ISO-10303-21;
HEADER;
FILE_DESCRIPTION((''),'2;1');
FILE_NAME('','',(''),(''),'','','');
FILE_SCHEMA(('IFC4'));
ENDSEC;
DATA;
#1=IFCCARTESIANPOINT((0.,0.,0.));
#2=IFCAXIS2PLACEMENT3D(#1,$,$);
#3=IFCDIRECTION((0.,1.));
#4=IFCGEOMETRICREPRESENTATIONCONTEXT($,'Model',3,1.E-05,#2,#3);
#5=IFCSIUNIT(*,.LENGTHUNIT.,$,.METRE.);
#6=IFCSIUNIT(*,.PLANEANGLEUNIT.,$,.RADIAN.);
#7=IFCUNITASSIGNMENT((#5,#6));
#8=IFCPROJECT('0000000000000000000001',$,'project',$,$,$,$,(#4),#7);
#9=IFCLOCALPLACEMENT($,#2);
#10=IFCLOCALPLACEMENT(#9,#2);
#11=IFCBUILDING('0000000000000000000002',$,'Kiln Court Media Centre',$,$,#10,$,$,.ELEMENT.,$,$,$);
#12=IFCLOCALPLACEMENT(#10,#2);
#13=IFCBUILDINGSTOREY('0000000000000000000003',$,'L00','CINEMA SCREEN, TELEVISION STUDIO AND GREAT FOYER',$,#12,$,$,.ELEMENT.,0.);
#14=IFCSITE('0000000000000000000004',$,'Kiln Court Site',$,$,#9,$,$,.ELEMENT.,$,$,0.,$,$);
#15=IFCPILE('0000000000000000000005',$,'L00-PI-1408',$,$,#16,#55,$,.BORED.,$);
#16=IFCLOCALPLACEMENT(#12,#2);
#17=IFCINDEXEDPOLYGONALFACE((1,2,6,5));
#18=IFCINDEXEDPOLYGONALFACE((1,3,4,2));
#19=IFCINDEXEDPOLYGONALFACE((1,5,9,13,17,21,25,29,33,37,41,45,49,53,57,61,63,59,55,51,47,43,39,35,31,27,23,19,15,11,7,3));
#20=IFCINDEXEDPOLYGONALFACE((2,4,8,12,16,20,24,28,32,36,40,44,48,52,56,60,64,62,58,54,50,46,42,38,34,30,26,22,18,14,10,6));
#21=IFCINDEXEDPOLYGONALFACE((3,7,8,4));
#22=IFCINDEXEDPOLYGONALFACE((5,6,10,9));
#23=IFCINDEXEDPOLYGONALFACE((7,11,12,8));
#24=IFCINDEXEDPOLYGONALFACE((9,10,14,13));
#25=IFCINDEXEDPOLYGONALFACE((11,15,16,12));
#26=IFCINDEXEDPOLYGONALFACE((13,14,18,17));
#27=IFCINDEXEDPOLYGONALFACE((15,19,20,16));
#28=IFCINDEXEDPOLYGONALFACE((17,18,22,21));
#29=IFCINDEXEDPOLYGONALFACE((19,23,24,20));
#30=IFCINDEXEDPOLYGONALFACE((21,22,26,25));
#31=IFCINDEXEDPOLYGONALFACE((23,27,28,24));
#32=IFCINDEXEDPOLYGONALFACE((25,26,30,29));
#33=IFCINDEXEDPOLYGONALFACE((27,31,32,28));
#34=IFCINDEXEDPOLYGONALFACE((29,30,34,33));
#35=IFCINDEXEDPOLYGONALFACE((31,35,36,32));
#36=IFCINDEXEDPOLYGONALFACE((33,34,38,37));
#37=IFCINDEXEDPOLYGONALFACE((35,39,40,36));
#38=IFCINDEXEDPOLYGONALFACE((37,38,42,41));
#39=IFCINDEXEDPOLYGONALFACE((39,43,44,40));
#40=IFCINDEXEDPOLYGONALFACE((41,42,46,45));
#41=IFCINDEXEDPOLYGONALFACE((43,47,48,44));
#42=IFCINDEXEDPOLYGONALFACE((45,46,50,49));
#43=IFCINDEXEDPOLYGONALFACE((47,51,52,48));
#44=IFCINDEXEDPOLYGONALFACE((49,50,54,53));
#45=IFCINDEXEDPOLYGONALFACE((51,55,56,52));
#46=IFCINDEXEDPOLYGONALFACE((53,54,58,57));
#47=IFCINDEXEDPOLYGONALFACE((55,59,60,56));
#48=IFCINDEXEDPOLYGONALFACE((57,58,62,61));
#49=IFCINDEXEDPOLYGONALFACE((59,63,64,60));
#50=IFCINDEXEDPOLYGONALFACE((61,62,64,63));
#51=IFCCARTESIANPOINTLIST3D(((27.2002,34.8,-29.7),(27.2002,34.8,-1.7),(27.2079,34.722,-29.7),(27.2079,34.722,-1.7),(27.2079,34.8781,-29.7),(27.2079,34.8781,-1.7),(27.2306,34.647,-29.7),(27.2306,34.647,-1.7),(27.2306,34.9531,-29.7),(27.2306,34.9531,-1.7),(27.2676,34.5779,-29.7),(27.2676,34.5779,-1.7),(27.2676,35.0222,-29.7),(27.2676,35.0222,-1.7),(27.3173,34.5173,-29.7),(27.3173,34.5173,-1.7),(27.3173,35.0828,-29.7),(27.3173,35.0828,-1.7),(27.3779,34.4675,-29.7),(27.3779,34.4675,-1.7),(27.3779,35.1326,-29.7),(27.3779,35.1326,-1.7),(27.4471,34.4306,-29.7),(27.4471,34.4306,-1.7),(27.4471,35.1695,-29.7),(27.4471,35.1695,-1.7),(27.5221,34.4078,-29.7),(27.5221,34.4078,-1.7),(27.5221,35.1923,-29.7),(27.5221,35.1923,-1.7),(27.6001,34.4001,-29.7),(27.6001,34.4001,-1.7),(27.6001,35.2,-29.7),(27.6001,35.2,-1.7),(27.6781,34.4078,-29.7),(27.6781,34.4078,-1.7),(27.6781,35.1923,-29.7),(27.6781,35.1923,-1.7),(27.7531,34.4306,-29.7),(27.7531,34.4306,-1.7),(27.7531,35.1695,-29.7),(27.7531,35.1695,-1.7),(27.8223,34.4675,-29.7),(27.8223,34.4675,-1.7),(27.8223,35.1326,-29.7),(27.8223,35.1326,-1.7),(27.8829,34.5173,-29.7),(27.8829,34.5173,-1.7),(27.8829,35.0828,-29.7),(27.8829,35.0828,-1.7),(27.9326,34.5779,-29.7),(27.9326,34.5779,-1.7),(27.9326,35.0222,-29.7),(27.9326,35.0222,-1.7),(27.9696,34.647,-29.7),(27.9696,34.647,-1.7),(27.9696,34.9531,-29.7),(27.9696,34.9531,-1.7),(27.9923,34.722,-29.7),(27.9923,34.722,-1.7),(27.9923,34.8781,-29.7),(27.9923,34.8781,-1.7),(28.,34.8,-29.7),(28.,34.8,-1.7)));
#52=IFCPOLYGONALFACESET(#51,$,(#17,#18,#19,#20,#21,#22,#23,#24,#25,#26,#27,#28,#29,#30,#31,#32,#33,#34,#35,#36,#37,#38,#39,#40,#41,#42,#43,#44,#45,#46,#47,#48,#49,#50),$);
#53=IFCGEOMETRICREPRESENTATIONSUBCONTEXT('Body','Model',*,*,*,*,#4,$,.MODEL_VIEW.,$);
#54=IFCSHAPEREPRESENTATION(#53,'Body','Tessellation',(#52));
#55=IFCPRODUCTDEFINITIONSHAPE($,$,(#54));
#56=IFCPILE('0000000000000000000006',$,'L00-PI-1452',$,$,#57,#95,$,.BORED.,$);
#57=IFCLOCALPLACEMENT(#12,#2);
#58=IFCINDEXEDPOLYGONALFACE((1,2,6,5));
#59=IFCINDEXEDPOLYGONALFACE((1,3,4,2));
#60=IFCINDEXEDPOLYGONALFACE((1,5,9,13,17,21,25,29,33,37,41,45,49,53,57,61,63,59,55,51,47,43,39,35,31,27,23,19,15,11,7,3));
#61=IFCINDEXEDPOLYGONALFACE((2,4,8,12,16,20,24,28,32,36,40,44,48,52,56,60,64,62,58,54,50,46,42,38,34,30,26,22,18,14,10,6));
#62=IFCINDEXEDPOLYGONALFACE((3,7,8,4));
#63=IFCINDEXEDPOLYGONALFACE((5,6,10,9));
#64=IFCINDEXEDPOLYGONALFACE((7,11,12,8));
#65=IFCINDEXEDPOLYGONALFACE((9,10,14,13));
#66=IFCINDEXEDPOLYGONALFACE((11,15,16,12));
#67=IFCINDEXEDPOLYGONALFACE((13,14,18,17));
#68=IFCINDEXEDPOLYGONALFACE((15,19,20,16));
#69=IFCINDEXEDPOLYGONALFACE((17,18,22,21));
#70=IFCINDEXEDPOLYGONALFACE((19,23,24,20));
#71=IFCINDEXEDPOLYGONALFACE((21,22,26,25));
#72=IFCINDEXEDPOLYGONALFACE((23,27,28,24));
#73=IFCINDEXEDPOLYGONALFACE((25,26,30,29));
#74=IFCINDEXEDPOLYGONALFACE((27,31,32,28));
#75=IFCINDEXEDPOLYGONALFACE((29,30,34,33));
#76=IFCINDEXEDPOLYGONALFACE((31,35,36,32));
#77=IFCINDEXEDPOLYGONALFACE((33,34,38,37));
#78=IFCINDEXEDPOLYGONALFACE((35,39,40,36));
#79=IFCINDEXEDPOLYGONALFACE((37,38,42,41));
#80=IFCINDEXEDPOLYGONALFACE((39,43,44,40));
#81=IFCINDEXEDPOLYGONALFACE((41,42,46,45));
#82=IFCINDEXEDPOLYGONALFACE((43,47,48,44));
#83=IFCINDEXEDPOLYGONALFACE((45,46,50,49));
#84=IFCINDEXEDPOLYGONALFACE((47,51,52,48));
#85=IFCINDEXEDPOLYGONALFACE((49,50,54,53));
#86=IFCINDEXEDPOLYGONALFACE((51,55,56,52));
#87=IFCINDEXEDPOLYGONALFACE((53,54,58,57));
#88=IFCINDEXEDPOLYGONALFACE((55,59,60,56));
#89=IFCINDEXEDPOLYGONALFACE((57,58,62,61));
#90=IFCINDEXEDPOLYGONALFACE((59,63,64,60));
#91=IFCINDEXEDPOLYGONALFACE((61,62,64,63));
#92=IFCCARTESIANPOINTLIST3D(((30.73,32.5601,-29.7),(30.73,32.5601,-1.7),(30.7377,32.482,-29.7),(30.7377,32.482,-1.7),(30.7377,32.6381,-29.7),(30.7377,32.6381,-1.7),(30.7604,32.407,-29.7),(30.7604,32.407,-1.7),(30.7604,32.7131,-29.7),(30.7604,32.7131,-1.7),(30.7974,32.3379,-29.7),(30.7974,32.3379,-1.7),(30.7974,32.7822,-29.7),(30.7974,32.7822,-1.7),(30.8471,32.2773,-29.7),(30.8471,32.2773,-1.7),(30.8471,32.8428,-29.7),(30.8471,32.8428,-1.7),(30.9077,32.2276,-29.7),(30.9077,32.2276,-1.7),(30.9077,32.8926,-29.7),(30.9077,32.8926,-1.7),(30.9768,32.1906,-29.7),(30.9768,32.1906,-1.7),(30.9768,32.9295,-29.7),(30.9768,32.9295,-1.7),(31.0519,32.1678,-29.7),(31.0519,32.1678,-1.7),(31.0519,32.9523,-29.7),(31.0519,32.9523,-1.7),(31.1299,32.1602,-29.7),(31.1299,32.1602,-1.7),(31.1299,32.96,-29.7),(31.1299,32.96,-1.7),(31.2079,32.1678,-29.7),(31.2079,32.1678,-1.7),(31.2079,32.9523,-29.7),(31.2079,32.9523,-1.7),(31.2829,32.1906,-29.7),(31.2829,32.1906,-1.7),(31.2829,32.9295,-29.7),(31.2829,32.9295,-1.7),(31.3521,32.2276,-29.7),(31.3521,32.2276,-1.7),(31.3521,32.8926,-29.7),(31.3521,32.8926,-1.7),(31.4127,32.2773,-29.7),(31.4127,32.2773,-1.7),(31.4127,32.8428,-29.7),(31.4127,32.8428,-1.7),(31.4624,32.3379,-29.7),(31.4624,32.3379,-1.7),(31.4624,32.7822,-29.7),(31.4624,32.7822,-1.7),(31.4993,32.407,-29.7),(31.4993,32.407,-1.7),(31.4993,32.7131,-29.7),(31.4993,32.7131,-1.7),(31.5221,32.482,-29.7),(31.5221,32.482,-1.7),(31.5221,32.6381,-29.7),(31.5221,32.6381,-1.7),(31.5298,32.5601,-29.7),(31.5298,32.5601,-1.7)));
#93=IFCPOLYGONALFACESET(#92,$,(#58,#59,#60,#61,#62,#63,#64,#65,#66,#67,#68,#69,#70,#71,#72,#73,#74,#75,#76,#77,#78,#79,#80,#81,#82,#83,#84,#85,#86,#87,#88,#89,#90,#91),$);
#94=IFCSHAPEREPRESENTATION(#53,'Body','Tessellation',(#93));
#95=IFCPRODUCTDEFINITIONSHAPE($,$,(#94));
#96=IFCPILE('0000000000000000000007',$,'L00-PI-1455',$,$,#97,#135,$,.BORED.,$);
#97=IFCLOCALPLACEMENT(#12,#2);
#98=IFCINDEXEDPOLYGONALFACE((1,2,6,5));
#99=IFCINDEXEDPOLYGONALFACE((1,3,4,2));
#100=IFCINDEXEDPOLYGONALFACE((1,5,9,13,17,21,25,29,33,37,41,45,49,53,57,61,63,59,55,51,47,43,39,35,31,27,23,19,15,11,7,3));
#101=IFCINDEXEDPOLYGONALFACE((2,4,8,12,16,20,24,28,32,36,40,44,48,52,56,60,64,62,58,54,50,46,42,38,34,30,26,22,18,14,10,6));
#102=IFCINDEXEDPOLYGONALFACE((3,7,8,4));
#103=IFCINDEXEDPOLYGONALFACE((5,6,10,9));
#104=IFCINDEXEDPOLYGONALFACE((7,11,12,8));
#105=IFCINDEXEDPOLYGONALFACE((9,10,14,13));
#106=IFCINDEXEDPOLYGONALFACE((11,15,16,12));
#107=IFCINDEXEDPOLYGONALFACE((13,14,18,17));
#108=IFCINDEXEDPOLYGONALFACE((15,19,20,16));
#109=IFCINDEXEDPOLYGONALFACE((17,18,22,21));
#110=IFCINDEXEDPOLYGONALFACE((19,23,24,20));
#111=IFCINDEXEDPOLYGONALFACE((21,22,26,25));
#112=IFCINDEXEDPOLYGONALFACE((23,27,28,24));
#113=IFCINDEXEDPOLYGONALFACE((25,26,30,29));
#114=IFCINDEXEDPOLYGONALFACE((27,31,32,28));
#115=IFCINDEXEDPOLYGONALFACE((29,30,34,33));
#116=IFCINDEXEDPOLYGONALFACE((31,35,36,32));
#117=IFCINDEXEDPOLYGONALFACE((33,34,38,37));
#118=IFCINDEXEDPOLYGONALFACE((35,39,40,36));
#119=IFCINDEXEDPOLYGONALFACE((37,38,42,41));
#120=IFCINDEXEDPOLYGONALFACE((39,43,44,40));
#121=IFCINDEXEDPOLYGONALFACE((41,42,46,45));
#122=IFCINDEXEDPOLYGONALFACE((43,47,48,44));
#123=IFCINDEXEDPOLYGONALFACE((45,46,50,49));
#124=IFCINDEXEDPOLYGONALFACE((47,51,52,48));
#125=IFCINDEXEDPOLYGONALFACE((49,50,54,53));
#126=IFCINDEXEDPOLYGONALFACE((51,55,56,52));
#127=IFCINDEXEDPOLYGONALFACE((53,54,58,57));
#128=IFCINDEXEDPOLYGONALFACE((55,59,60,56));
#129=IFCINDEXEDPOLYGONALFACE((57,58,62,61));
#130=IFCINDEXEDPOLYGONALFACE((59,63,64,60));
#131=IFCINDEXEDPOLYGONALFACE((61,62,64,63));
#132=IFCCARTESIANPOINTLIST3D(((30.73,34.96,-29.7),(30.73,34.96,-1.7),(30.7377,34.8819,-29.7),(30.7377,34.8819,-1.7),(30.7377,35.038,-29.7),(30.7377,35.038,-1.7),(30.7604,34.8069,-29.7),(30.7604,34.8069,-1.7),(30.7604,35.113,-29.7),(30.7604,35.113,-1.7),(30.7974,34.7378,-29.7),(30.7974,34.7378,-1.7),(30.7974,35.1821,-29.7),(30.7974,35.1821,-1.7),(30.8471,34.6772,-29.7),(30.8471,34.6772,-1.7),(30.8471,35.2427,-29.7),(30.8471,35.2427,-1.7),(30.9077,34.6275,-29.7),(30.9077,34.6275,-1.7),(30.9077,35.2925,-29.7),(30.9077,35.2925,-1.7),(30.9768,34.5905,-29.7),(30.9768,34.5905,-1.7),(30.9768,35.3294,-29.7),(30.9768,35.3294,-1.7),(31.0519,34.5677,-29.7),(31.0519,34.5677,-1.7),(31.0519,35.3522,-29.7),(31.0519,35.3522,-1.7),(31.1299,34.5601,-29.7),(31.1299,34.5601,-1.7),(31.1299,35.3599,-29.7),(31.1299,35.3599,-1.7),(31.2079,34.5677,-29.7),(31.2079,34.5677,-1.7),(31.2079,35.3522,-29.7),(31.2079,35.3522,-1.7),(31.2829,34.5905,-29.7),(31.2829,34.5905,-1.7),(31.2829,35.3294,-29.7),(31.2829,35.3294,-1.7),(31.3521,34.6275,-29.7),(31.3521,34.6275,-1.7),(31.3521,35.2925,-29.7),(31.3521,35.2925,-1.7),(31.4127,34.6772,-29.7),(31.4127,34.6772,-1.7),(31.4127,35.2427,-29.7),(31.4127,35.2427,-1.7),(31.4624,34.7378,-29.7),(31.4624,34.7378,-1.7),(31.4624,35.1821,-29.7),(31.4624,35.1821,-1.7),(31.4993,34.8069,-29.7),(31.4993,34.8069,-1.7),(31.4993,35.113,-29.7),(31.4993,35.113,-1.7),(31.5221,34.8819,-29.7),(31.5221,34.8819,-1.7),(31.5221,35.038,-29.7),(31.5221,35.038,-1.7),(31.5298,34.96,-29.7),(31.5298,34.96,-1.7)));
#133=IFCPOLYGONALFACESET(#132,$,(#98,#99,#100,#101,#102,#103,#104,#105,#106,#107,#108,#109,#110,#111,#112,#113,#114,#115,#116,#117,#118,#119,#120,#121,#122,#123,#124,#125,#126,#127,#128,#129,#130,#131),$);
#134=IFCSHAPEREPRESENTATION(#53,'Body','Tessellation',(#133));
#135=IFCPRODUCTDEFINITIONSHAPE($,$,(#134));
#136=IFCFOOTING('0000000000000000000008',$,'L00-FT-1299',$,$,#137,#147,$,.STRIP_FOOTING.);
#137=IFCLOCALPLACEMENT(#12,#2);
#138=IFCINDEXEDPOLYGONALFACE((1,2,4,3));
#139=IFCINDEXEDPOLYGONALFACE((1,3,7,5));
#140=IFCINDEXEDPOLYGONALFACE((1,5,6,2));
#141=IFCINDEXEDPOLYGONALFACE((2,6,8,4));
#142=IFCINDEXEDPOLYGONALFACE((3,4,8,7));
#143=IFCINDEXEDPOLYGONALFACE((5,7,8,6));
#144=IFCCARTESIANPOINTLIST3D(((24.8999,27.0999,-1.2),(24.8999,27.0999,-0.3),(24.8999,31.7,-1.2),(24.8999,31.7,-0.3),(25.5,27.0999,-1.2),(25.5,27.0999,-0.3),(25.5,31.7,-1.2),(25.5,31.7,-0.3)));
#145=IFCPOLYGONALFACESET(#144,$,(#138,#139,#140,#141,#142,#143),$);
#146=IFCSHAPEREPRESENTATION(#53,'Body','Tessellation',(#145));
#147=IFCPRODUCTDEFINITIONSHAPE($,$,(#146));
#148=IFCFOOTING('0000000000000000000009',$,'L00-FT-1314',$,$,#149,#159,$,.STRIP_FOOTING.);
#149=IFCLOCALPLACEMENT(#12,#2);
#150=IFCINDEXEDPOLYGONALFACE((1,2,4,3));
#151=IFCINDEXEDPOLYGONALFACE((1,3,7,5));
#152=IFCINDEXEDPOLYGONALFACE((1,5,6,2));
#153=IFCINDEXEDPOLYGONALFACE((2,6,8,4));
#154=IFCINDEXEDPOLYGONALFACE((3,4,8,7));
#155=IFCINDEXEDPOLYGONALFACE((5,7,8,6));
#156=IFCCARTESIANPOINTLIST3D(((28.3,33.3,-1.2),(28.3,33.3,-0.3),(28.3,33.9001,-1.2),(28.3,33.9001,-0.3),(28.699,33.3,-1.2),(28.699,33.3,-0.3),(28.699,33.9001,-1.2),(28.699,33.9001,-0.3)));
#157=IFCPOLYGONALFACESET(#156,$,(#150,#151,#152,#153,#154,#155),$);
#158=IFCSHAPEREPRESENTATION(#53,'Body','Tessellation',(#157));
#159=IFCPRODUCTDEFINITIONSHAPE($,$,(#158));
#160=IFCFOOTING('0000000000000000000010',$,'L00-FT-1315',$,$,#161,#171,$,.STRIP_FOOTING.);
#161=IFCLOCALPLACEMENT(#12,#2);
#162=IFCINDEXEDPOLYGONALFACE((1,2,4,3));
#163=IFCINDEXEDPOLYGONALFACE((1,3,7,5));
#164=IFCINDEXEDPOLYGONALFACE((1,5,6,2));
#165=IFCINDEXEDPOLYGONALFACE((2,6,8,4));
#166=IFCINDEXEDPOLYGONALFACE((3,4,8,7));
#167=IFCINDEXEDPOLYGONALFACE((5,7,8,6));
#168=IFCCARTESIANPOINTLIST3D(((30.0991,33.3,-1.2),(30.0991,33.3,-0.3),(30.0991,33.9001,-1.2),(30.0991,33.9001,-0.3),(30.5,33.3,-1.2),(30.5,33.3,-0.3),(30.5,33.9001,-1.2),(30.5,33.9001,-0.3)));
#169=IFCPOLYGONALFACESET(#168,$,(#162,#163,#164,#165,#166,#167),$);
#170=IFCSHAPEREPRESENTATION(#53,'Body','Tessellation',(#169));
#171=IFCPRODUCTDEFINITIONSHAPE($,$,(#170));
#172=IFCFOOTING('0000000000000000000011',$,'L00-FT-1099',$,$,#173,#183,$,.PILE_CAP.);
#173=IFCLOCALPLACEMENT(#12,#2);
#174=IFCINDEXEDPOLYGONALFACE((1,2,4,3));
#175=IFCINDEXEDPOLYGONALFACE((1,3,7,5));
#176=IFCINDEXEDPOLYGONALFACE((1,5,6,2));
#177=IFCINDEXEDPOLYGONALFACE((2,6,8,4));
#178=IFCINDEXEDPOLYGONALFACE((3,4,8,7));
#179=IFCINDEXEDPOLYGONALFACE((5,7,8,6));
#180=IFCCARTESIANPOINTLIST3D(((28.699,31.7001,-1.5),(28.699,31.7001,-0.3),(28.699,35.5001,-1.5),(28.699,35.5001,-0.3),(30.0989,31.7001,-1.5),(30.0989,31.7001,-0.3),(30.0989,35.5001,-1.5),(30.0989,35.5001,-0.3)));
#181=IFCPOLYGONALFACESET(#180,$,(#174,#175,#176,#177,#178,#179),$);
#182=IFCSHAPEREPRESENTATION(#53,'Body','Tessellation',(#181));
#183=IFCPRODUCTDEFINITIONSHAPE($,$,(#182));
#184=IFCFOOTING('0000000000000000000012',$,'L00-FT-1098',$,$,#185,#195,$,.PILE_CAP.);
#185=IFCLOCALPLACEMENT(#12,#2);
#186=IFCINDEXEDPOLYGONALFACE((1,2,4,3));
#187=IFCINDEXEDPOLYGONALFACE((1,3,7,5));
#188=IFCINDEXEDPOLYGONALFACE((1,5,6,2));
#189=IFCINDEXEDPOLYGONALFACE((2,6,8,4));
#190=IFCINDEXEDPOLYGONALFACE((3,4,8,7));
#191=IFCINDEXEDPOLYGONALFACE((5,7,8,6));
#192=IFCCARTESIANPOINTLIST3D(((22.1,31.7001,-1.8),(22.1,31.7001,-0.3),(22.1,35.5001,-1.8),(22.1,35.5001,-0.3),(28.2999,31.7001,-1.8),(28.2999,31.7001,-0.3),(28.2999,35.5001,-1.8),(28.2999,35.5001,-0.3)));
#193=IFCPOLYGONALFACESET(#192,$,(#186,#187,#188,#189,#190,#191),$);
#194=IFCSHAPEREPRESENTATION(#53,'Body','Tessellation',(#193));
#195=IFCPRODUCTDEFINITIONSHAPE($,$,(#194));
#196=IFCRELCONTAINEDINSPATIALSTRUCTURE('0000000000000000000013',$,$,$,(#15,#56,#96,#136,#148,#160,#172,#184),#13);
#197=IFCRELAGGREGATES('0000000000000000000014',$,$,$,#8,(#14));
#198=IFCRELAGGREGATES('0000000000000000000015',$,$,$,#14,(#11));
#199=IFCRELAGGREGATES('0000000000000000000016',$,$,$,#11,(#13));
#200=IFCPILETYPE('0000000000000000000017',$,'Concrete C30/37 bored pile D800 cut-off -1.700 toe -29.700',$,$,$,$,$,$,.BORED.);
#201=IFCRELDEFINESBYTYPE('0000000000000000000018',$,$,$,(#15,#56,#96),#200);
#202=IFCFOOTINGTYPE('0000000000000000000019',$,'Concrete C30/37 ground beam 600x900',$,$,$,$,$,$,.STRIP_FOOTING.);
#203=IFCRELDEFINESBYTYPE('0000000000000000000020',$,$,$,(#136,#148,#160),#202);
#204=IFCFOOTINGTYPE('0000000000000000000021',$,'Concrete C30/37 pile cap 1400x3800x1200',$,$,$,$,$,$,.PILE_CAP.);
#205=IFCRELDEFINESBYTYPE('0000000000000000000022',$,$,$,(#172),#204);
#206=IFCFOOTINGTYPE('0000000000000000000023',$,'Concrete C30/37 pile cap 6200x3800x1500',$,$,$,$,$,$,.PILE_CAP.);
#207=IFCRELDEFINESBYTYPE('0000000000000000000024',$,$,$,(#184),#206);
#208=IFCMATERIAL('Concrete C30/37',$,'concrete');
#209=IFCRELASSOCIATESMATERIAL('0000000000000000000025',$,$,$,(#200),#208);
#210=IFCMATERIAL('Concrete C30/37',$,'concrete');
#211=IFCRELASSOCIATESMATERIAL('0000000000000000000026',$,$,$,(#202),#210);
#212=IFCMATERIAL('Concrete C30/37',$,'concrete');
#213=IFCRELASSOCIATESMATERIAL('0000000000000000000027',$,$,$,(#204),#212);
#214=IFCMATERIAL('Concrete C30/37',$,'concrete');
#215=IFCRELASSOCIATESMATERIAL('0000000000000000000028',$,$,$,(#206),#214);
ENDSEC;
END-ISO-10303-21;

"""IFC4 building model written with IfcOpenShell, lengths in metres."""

from ifc_helpers import new_model, si_unit, direction, frame, origin, origin_2d, place, context, subcontext, project, spatial, rectangle, circle, extrude, material, material_profile, profile_set, type_object, element, save


model = new_model("IFC4")

# Units and contexts
model_context = context("Model", 3, precision=1e-05, world=origin(), true_north=direction((0.0, 1.0)))
body_context = subcontext(model_context, "Body", "Model", "MODEL_VIEW")
ifc_project = project(units=[si_unit("LENGTHUNIT", "METRE"), si_unit("PLANEANGLEUNIT", "RADIAN")], contexts=[model_context])

# Site, building, storey
site_placement = place(None, origin())
site = spatial("IfcSite", under=ifc_project, at=site_placement, Name="Kiln Court Site", CompositionType="ELEMENT", RefElevation=0.0)
building_placement = place(site_placement, origin())
building = spatial("IfcBuilding", under=site, at=building_placement, Name="Kiln Court Media Centre", CompositionType="ELEMENT")
storey_placement = place(building_placement, origin())
storey = spatial("IfcBuildingStorey", under=building, at=storey_placement, Name="L00", Description="CINEMA SCREEN, TELEVISION STUDIO AND GREAT FOYER", CompositionType="ELEMENT", Elevation=0.0)

# Piles
ifc_material_1 = material(Name="Concrete C30/37", Category="concrete")
ifc_material_profile_1 = material_profile(ifc_material_1, circle(Radius=0.3999, at=origin_2d()), Name="PILE D800")
ifc_profile_set_1 = profile_set([ifc_material_profile_1], Name="Concrete C30/37")
pile_type_1 = type_object("IfcPileType", Name="Concrete C30/37 bored pile D800 cut-off -1.700 toe -29.700", PredefinedType="BORED", material=ifc_profile_set_1)
for number, where, z_axis, x_axis, name in (
    (1, (27.6001, 34.8, -1.7), (0.0, 0.0, -1.0), (1.0, 0.0, 0.0), "L00-PI-1408"),
    (2, (31.1299, 32.5601, -1.7), (0.0, 0.0, -1.0), (1.0, 0.0, 0.0), "L00-PI-1452"),
    (3, (31.1299, 34.96, -1.7), (0.0, 0.0, -1.0), (1.0, 0.0, 0.0), "L00-PI-1455"),
):
    element("IfcPile", number, at=place(storey_placement, frame(where, z_axis=z_axis, x_axis=x_axis)), inside=storey, type_object=pile_type_1, Name=name, PredefinedType="BORED", context=body_context, shape_type="SweptSolid", body=[
        extrude(circle(Radius=0.3999, at=origin_2d()), origin(), (0.0, 0.0, 1.0), 28.0),
    ])

# Footings
ifc_material_2 = material(Name="Concrete C30/37", Category="concrete")
footing_type_1 = type_object("IfcFootingType", Name="Concrete C30/37 ground beam 600x900", PredefinedType="STRIP_FOOTING", material=ifc_material_2)
footing_1_placement = place(storey_placement, frame((25.2, 29.3999, -1.2), z_axis=(0.0, 0.0, 1.0), x_axis=(1.0, 0.0, 0.0)))
element("IfcFooting", 4, at=footing_1_placement, inside=storey, type_object=footing_type_1, Name="L00-FT-1299", PredefinedType="STRIP_FOOTING", context=body_context, shape_type="SweptSolid", body=[
    extrude(rectangle(XDim=0.6001, YDim=4.6001, at=origin_2d()), origin(), (0.0, 0.0, 1.0), 0.8999),
])
footing_2_placement = place(storey_placement, frame((28.4995, 33.6001, -1.2), z_axis=(0.0, 0.0, 1.0), x_axis=(1.0, 0.0, 0.0)))
element("IfcFooting", 5, at=footing_2_placement, inside=storey, type_object=footing_type_1, Name="L00-FT-1314", PredefinedType="STRIP_FOOTING", context=body_context, shape_type="SweptSolid", body=[
    extrude(rectangle(XDim=0.3989, YDim=0.6001, at=origin_2d()), origin(), (0.0, 0.0, 1.0), 0.8999),
])
footing_3_placement = place(storey_placement, frame((30.2996, 33.6001, -1.2), z_axis=(0.0, 0.0, 1.0), x_axis=(1.0, 0.0, 0.0)))
element("IfcFooting", 6, at=footing_3_placement, inside=storey, type_object=footing_type_1, Name="L00-FT-1315", PredefinedType="STRIP_FOOTING", context=body_context, shape_type="SweptSolid", body=[
    extrude(rectangle(XDim=0.4009, YDim=0.6001, at=origin_2d()), origin(), (0.0, 0.0, 1.0), 0.8999),
])
ifc_material_3 = material(Name="Concrete C30/37", Category="concrete")
footing_type_2 = type_object("IfcFootingType", Name="Concrete C30/37 pile cap 1400x3800x1200", PredefinedType="PILE_CAP", material=ifc_material_3)
footing_4_placement = place(storey_placement, frame((29.3989, 33.6001, -1.5), z_axis=(0.0, 0.0, 1.0), x_axis=(1.0, 0.0, 0.0)))
element("IfcFooting", 7, at=footing_4_placement, inside=storey, type_object=footing_type_2, Name="L00-FT-1099", PredefinedType="PILE_CAP", context=body_context, shape_type="SweptSolid", body=[
    extrude(rectangle(XDim=1.3999, YDim=3.8, at=origin_2d()), origin(), (0.0, 0.0, 1.0), 1.2),
])
ifc_material_4 = material(Name="Concrete C30/37", Category="concrete")
footing_type_3 = type_object("IfcFootingType", Name="Concrete C30/37 pile cap 6200x3800x1500", PredefinedType="PILE_CAP", material=ifc_material_4)
footing_5_placement = place(storey_placement, frame((25.2, 33.6001, -1.8), z_axis=(0.0, 0.0, 1.0), x_axis=(1.0, 0.0, 0.0)))
element("IfcFooting", 8, at=footing_5_placement, inside=storey, type_object=footing_type_3, Name="L00-FT-1098", PredefinedType="PILE_CAP", context=body_context, shape_type="SweptSolid", body=[
    extrude(rectangle(XDim=6.2, YDim=3.8, at=origin_2d()), origin(), (0.0, 0.0, 1.0), 1.5),
])

save(model, "model.ifc")
